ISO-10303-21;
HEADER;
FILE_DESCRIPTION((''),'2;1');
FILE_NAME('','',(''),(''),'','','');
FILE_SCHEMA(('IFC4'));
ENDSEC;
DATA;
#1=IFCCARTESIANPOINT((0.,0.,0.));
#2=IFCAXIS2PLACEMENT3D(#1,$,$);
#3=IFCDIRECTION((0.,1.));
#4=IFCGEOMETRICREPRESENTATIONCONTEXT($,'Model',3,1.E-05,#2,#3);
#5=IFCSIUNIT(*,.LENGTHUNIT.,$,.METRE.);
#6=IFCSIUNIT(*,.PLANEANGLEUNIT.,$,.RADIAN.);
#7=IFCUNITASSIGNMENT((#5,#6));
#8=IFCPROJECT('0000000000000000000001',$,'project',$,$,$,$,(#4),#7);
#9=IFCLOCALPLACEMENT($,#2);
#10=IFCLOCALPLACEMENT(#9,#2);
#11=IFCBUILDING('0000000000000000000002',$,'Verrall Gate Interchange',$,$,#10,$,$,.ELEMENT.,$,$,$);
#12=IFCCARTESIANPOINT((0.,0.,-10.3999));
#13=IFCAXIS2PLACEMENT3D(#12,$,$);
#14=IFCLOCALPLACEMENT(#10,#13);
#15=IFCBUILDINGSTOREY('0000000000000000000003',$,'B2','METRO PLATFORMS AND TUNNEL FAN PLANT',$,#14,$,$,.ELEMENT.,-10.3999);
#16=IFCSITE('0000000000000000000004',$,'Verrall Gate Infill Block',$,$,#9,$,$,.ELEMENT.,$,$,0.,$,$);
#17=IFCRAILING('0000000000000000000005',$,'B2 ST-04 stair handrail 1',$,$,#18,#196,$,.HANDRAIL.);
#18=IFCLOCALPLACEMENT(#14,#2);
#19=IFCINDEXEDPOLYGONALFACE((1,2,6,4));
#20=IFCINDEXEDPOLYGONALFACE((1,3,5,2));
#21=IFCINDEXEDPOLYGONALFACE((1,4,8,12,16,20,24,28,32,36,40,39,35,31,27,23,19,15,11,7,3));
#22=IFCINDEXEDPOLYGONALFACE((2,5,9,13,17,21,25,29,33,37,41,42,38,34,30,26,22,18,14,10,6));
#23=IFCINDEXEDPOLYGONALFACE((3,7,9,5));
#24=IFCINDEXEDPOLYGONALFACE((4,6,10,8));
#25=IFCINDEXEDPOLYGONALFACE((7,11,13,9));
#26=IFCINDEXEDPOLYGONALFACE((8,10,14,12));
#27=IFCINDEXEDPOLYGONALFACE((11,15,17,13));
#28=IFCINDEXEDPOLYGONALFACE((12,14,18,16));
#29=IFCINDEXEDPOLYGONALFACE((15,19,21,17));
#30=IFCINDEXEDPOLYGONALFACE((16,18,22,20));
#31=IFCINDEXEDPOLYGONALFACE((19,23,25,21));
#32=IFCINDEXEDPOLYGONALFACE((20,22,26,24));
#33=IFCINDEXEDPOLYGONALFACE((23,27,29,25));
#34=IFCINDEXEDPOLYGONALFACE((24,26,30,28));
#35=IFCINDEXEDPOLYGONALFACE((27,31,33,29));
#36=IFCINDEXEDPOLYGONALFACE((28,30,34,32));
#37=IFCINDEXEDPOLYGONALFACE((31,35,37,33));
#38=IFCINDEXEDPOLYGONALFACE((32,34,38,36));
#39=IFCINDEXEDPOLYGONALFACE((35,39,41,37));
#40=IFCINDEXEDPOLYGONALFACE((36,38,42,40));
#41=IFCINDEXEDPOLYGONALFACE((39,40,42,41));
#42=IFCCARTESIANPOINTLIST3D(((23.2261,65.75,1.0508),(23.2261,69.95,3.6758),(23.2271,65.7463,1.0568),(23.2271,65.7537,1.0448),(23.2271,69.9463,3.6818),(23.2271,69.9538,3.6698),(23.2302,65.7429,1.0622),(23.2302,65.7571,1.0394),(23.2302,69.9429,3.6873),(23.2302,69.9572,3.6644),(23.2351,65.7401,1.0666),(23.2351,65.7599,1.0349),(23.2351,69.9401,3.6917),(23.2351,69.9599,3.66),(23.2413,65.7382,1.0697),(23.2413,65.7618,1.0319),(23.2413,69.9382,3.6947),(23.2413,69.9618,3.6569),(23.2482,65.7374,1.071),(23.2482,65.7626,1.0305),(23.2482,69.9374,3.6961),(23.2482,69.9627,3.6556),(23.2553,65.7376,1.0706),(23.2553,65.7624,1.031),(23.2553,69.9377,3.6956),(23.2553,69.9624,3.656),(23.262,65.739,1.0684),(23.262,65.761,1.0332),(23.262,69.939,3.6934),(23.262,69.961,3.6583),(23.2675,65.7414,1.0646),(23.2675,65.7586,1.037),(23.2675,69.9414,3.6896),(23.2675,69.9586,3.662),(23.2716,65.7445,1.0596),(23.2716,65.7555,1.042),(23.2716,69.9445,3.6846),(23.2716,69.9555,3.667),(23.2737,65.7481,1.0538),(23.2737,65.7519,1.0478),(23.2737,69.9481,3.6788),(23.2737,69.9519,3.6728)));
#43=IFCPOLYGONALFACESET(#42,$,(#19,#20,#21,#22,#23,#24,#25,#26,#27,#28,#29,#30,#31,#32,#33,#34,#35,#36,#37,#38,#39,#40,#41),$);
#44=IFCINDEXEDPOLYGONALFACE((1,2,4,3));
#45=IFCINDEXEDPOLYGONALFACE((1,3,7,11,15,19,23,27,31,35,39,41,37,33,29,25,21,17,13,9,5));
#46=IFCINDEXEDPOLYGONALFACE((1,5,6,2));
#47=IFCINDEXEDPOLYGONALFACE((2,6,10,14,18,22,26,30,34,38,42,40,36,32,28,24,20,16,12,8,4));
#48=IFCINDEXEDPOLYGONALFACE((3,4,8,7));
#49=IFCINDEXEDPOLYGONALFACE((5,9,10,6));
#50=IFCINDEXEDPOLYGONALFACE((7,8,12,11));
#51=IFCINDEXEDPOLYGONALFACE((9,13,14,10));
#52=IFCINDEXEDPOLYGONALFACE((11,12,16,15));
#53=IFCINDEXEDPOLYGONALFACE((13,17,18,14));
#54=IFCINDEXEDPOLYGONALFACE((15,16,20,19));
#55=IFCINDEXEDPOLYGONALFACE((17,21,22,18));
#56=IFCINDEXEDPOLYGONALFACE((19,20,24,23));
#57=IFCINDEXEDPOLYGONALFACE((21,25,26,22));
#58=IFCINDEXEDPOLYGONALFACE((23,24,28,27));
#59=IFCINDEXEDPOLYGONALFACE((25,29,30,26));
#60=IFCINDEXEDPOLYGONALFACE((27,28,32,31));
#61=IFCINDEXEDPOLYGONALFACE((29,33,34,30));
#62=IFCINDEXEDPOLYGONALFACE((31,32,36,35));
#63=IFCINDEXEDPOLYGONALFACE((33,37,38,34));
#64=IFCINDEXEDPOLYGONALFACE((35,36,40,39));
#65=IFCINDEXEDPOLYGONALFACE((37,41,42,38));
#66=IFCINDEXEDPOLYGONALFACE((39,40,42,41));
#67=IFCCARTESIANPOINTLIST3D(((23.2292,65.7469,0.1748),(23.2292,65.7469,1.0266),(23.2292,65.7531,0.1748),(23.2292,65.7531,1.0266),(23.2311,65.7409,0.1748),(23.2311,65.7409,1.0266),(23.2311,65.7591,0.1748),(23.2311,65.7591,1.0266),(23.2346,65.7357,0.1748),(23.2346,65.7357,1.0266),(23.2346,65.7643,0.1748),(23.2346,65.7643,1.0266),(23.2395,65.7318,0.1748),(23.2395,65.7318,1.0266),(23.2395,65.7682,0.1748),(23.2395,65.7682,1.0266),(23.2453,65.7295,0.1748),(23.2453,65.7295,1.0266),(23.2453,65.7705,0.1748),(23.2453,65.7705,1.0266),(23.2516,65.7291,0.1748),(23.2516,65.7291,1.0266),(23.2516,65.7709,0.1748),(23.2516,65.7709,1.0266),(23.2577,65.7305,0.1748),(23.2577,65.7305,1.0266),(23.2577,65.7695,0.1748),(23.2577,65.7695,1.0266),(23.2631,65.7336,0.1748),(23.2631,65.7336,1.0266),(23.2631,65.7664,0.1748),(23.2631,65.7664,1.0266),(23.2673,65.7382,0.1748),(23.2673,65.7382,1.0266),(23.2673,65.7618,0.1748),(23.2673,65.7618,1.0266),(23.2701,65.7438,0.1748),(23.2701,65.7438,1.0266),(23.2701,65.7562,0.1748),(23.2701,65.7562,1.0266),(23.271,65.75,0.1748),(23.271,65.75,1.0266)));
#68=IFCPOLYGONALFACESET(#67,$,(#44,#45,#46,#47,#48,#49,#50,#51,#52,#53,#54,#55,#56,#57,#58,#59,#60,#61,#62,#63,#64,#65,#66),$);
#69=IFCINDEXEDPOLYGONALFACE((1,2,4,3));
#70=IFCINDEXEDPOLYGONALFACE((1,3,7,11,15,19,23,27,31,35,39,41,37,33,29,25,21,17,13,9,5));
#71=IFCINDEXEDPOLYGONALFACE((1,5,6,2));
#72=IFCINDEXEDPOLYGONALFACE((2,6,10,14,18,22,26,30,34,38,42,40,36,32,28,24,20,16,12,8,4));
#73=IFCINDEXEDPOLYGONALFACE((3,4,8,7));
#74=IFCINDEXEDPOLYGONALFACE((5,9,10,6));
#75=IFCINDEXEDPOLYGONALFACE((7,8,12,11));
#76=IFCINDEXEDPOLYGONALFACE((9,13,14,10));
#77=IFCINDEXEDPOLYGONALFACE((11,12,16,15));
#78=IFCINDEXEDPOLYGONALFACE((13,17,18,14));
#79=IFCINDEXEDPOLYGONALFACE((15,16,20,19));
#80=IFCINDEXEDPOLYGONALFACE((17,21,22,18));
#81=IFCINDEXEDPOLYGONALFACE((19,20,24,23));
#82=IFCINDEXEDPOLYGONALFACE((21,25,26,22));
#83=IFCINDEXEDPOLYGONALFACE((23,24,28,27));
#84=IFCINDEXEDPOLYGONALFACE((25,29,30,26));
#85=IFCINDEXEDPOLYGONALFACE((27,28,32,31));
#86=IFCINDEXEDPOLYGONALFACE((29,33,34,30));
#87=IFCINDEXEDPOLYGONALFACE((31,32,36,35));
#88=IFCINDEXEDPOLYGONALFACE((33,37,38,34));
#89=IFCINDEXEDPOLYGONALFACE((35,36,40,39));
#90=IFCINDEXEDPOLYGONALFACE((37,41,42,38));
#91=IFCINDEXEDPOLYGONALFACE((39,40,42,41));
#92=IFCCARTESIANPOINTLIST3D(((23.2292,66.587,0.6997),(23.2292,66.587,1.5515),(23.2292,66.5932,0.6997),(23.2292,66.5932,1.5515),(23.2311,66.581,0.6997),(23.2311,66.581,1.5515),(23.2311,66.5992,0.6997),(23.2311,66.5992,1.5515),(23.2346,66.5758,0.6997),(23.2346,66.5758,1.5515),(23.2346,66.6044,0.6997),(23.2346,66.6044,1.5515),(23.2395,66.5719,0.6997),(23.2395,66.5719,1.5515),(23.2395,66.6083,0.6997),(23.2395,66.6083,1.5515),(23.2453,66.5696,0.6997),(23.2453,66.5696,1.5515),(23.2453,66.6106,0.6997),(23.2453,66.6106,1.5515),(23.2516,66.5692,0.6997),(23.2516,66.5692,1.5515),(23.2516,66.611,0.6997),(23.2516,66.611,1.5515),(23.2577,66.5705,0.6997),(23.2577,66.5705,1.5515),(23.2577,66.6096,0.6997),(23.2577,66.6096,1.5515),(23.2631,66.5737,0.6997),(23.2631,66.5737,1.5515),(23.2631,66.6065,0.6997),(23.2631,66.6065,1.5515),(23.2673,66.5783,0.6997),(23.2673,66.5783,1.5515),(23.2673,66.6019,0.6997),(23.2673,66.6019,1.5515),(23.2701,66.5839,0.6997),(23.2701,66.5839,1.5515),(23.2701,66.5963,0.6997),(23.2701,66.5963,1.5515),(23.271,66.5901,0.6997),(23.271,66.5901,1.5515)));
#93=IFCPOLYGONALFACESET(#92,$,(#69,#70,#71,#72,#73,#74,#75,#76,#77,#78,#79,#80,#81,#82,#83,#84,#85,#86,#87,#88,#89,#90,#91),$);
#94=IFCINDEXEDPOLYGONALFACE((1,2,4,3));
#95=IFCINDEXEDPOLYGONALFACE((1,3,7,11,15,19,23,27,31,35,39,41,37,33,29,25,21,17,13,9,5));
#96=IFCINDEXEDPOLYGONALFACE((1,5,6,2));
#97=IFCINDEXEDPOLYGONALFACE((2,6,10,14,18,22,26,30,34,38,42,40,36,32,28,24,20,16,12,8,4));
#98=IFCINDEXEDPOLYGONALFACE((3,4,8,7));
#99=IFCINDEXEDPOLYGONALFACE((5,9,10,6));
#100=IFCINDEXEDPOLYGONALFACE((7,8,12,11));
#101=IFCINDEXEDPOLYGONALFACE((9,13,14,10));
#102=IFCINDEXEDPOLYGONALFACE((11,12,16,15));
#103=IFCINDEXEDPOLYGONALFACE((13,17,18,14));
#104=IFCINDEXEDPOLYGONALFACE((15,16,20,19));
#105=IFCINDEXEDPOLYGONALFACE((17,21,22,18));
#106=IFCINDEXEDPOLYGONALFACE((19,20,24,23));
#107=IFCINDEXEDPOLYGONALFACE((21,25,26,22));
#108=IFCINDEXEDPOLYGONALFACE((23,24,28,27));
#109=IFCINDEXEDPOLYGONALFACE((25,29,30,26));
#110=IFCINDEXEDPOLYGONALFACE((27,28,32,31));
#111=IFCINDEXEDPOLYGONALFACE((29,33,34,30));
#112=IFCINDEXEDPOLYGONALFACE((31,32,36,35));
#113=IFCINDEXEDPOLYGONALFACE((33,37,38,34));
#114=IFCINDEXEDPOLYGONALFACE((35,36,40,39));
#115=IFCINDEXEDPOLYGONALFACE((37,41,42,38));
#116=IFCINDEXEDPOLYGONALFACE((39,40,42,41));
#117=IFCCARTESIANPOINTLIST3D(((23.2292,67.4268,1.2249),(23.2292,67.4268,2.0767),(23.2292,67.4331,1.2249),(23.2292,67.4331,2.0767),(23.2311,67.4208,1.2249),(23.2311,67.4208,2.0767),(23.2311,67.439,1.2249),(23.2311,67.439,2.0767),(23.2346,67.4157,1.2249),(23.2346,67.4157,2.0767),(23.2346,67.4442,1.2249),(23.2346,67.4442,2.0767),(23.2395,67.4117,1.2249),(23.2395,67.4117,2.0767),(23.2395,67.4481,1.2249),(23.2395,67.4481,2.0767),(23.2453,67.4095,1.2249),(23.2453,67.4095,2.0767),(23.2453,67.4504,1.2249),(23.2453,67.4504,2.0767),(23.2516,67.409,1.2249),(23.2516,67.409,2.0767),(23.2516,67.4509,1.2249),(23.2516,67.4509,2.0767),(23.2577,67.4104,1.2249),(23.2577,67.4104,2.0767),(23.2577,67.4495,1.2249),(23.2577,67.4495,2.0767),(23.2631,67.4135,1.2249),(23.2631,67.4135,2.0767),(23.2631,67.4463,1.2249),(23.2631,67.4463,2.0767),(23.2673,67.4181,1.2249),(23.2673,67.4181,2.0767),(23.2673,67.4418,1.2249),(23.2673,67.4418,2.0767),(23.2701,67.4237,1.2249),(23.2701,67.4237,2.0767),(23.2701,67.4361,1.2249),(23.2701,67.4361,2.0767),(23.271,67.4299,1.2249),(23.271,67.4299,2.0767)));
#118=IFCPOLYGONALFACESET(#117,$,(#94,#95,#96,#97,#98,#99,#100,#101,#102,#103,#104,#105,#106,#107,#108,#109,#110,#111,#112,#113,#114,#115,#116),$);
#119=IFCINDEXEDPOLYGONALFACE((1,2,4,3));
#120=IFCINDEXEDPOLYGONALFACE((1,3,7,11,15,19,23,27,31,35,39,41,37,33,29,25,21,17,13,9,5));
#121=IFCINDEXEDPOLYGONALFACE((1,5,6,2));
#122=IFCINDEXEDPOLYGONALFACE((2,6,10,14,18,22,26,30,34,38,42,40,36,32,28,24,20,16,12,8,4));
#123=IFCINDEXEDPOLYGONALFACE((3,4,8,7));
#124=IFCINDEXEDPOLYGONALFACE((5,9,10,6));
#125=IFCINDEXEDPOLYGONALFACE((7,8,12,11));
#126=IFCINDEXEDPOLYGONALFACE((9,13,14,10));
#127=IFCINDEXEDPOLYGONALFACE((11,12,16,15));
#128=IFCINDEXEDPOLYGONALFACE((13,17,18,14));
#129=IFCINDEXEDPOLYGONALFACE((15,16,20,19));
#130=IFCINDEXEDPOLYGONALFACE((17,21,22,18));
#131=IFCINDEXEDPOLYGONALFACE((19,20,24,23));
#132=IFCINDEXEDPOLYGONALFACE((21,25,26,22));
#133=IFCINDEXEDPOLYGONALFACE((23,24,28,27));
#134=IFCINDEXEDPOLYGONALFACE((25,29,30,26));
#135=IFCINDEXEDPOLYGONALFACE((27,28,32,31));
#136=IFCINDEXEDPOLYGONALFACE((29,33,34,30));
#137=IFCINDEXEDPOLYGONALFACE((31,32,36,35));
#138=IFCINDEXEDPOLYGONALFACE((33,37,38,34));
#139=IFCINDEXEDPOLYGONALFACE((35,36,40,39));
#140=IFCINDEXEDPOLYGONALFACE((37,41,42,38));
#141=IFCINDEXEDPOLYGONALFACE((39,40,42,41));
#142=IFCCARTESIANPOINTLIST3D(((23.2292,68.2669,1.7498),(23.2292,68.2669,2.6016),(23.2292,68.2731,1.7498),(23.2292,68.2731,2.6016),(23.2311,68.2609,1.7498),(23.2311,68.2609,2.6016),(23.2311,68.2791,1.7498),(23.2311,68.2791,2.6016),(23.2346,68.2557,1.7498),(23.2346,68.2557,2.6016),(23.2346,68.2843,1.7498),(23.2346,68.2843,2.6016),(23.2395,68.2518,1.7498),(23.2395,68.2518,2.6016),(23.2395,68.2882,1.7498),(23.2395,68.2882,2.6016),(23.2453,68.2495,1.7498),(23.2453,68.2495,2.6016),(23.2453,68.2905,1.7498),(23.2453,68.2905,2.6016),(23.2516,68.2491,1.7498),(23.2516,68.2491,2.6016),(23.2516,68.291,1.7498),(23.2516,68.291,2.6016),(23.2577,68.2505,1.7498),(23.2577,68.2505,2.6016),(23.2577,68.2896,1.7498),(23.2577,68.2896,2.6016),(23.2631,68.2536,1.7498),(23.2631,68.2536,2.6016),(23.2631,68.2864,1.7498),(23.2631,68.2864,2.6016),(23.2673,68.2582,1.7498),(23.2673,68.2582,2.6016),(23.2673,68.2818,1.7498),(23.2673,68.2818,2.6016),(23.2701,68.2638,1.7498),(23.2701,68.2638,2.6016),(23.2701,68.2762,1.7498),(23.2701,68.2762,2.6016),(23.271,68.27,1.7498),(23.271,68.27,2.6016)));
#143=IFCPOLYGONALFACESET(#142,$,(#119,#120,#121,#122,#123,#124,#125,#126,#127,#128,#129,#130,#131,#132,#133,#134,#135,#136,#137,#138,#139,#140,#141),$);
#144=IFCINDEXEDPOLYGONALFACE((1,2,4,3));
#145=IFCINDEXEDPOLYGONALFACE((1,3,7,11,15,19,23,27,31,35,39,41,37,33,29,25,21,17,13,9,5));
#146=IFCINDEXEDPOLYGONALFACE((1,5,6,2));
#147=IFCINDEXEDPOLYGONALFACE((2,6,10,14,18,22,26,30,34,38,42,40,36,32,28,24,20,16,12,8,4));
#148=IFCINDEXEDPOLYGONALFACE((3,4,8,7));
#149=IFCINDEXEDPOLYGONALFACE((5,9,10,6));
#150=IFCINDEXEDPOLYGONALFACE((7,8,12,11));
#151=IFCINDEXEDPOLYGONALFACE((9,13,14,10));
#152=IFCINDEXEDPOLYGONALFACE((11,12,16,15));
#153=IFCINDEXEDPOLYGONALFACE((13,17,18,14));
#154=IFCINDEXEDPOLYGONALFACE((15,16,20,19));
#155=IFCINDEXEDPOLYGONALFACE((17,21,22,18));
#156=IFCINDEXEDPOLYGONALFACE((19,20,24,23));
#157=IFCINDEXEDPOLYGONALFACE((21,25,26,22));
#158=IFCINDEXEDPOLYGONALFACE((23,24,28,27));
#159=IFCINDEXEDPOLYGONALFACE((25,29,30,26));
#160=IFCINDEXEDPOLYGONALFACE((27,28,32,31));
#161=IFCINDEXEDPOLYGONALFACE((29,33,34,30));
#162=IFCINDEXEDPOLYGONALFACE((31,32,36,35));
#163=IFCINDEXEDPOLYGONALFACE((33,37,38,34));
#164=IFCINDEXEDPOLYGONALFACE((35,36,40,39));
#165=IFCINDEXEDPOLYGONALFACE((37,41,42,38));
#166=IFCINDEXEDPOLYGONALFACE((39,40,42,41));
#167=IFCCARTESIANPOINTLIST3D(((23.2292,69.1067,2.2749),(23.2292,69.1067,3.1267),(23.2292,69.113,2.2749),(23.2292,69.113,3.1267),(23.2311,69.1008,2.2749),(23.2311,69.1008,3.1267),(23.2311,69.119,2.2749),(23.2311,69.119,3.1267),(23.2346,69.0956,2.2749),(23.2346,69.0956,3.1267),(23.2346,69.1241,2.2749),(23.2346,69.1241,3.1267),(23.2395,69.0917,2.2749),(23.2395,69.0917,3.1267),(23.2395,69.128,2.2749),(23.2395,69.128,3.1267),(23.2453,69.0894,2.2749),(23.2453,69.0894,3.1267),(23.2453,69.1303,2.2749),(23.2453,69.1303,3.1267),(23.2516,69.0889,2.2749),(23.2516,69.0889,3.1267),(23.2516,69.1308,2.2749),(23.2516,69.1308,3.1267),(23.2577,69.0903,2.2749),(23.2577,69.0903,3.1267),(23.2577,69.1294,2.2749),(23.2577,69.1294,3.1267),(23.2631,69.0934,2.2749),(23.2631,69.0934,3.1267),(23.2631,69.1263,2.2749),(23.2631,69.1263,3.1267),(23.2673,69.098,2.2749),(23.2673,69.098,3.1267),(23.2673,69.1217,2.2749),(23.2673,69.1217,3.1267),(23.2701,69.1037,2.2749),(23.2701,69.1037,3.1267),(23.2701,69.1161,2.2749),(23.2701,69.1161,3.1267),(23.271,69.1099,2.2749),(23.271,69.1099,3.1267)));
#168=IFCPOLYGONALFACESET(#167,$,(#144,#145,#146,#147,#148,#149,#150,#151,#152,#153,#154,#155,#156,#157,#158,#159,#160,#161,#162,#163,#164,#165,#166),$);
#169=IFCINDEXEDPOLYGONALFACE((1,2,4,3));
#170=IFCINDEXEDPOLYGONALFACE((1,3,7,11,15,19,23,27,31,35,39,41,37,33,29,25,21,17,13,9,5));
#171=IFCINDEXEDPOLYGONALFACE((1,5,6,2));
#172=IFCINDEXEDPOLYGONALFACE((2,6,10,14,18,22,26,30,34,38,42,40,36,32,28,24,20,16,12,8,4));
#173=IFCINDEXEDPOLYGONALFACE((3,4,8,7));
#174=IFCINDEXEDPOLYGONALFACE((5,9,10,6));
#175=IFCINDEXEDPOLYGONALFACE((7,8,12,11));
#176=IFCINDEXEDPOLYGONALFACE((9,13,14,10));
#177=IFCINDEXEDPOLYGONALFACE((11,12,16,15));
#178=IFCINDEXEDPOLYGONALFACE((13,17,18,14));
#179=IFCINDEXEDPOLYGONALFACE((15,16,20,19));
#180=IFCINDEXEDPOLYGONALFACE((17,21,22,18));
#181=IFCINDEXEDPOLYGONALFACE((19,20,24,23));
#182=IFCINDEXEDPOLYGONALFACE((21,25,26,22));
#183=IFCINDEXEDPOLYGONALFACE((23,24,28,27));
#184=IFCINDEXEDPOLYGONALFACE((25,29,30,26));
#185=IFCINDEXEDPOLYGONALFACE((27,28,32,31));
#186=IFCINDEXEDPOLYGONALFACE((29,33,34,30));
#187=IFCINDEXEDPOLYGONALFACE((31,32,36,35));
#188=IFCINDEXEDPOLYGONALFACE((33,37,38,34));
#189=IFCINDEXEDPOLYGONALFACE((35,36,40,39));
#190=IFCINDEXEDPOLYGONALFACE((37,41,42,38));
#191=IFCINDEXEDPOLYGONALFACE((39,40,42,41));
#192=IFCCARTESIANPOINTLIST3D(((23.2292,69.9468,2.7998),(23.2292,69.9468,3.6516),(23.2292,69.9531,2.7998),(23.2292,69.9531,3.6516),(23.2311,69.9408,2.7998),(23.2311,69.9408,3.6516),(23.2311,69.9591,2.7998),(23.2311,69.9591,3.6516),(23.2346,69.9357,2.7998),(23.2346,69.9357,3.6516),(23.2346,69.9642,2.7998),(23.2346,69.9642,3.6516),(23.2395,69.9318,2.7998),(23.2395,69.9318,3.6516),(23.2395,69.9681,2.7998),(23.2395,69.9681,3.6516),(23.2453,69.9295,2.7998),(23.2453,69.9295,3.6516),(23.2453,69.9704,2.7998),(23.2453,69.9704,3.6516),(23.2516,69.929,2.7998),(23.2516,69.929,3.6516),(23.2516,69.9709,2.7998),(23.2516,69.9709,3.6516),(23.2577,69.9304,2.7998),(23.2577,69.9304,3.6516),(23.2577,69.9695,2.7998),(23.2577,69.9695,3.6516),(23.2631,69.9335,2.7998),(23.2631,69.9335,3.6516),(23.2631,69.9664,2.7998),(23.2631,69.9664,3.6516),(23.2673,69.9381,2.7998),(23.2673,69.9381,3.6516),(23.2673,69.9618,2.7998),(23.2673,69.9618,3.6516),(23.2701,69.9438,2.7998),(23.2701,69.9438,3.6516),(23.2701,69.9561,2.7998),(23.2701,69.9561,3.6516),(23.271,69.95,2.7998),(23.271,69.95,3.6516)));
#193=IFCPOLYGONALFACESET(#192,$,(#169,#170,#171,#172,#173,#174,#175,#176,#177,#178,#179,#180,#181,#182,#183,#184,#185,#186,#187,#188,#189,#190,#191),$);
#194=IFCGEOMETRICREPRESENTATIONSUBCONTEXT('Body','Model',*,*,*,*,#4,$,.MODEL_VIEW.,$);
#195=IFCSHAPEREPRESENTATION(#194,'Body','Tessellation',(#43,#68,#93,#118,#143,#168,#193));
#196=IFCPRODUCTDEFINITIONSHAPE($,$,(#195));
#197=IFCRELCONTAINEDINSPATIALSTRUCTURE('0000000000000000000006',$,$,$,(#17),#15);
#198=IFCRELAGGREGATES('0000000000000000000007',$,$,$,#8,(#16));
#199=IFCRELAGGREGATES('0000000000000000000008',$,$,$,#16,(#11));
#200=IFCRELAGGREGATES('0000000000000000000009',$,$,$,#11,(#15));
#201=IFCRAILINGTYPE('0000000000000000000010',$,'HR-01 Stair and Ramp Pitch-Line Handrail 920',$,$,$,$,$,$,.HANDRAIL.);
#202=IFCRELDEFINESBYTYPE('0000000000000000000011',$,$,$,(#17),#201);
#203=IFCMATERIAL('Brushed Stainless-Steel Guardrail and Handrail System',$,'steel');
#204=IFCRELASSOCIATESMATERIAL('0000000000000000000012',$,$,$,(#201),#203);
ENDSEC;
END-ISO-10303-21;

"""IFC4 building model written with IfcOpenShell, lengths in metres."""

from ifc_helpers import new_model, si_unit, direction, frame, origin, origin_2d, place, context, subcontext, project, spatial, circle, extrude, material, type_object, element, save


model = new_model("IFC4")

# Units and contexts
model_context = context("Model", 3, precision=1e-05, world=origin(), true_north=direction((0.0, 1.0)))
body_context = subcontext(model_context, "Body", "Model", "MODEL_VIEW")
ifc_project = project(units=[si_unit("LENGTHUNIT", "METRE"), si_unit("PLANEANGLEUNIT", "RADIAN")], contexts=[model_context])

# Site, building, storey
site_placement = place(None, origin())
site = spatial("IfcSite", under=ifc_project, at=site_placement, Name="Verrall Gate Infill Block", CompositionType="ELEMENT", RefElevation=0.0)
building_placement = place(site_placement, origin())
building = spatial("IfcBuilding", under=site, at=building_placement, Name="Verrall Gate Interchange", CompositionType="ELEMENT")
storey_placement = place(building_placement, frame((0.0, 0.0, -10.3999)))
storey = spatial("IfcBuildingStorey", under=building, at=storey_placement, Name="B2", Description="METRO PLATFORMS AND TUNNEL FAN PLANT", CompositionType="ELEMENT", Elevation=-10.3999)

# Railing
ifc_material_1 = material(Name="Brushed Stainless-Steel Guardrail and Handrail System", Category="steel")
railing_type_1 = type_object("IfcRailingType", Name="HR-01 Stair and Ramp Pitch-Line Handrail 920", PredefinedType="HANDRAIL", material=ifc_material_1)
railing_1_placement = place(storey_placement, frame((23.25, 65.75, 0.1748)))
element("IfcRailing", 1, at=railing_1_placement, inside=storey, type_object=railing_type_1, Name="B2 ST-04 stair handrail 1", PredefinedType="HANDRAIL", context=body_context, shape_type="SweptSolid", body=[
    extrude(circle(Radius=0.0239, at=origin_2d()), frame((0.0, 0.0, 0.876), z_axis=(0.0, 0.847996, 0.530003), x_axis=(-1.0, 0.0, 0.0)), (0.0, 0.0, 1.0), 4.9529),
    extrude(circle(Radius=0.021, at=origin_2d()), origin(), (0.0, 0.0, 1.0), 0.8518),
    extrude(circle(Radius=0.021, at=origin_2d()), frame((0.0, 0.8401, 0.5249)), (0.0, 0.0, 1.0), 0.8518),
    extrude(circle(Radius=0.021, at=origin_2d()), frame((0.0, 1.6799, 1.05)), (0.0, 0.0, 1.0), 0.8518),
    extrude(circle(Radius=0.021, at=origin_2d()), frame((0.0, 2.52, 1.575)), (0.0, 0.0, 1.0), 0.8518),
    extrude(circle(Radius=0.021, at=origin_2d()), frame((0.0, 3.3599, 2.1001)), (0.0, 0.0, 1.0), 0.8518),
    extrude(circle(Radius=0.021, at=origin_2d()), frame((0.0, 4.2, 2.625)), (0.0, 0.0, 1.0), 0.8518),
])

save(model, "model.ifc")
